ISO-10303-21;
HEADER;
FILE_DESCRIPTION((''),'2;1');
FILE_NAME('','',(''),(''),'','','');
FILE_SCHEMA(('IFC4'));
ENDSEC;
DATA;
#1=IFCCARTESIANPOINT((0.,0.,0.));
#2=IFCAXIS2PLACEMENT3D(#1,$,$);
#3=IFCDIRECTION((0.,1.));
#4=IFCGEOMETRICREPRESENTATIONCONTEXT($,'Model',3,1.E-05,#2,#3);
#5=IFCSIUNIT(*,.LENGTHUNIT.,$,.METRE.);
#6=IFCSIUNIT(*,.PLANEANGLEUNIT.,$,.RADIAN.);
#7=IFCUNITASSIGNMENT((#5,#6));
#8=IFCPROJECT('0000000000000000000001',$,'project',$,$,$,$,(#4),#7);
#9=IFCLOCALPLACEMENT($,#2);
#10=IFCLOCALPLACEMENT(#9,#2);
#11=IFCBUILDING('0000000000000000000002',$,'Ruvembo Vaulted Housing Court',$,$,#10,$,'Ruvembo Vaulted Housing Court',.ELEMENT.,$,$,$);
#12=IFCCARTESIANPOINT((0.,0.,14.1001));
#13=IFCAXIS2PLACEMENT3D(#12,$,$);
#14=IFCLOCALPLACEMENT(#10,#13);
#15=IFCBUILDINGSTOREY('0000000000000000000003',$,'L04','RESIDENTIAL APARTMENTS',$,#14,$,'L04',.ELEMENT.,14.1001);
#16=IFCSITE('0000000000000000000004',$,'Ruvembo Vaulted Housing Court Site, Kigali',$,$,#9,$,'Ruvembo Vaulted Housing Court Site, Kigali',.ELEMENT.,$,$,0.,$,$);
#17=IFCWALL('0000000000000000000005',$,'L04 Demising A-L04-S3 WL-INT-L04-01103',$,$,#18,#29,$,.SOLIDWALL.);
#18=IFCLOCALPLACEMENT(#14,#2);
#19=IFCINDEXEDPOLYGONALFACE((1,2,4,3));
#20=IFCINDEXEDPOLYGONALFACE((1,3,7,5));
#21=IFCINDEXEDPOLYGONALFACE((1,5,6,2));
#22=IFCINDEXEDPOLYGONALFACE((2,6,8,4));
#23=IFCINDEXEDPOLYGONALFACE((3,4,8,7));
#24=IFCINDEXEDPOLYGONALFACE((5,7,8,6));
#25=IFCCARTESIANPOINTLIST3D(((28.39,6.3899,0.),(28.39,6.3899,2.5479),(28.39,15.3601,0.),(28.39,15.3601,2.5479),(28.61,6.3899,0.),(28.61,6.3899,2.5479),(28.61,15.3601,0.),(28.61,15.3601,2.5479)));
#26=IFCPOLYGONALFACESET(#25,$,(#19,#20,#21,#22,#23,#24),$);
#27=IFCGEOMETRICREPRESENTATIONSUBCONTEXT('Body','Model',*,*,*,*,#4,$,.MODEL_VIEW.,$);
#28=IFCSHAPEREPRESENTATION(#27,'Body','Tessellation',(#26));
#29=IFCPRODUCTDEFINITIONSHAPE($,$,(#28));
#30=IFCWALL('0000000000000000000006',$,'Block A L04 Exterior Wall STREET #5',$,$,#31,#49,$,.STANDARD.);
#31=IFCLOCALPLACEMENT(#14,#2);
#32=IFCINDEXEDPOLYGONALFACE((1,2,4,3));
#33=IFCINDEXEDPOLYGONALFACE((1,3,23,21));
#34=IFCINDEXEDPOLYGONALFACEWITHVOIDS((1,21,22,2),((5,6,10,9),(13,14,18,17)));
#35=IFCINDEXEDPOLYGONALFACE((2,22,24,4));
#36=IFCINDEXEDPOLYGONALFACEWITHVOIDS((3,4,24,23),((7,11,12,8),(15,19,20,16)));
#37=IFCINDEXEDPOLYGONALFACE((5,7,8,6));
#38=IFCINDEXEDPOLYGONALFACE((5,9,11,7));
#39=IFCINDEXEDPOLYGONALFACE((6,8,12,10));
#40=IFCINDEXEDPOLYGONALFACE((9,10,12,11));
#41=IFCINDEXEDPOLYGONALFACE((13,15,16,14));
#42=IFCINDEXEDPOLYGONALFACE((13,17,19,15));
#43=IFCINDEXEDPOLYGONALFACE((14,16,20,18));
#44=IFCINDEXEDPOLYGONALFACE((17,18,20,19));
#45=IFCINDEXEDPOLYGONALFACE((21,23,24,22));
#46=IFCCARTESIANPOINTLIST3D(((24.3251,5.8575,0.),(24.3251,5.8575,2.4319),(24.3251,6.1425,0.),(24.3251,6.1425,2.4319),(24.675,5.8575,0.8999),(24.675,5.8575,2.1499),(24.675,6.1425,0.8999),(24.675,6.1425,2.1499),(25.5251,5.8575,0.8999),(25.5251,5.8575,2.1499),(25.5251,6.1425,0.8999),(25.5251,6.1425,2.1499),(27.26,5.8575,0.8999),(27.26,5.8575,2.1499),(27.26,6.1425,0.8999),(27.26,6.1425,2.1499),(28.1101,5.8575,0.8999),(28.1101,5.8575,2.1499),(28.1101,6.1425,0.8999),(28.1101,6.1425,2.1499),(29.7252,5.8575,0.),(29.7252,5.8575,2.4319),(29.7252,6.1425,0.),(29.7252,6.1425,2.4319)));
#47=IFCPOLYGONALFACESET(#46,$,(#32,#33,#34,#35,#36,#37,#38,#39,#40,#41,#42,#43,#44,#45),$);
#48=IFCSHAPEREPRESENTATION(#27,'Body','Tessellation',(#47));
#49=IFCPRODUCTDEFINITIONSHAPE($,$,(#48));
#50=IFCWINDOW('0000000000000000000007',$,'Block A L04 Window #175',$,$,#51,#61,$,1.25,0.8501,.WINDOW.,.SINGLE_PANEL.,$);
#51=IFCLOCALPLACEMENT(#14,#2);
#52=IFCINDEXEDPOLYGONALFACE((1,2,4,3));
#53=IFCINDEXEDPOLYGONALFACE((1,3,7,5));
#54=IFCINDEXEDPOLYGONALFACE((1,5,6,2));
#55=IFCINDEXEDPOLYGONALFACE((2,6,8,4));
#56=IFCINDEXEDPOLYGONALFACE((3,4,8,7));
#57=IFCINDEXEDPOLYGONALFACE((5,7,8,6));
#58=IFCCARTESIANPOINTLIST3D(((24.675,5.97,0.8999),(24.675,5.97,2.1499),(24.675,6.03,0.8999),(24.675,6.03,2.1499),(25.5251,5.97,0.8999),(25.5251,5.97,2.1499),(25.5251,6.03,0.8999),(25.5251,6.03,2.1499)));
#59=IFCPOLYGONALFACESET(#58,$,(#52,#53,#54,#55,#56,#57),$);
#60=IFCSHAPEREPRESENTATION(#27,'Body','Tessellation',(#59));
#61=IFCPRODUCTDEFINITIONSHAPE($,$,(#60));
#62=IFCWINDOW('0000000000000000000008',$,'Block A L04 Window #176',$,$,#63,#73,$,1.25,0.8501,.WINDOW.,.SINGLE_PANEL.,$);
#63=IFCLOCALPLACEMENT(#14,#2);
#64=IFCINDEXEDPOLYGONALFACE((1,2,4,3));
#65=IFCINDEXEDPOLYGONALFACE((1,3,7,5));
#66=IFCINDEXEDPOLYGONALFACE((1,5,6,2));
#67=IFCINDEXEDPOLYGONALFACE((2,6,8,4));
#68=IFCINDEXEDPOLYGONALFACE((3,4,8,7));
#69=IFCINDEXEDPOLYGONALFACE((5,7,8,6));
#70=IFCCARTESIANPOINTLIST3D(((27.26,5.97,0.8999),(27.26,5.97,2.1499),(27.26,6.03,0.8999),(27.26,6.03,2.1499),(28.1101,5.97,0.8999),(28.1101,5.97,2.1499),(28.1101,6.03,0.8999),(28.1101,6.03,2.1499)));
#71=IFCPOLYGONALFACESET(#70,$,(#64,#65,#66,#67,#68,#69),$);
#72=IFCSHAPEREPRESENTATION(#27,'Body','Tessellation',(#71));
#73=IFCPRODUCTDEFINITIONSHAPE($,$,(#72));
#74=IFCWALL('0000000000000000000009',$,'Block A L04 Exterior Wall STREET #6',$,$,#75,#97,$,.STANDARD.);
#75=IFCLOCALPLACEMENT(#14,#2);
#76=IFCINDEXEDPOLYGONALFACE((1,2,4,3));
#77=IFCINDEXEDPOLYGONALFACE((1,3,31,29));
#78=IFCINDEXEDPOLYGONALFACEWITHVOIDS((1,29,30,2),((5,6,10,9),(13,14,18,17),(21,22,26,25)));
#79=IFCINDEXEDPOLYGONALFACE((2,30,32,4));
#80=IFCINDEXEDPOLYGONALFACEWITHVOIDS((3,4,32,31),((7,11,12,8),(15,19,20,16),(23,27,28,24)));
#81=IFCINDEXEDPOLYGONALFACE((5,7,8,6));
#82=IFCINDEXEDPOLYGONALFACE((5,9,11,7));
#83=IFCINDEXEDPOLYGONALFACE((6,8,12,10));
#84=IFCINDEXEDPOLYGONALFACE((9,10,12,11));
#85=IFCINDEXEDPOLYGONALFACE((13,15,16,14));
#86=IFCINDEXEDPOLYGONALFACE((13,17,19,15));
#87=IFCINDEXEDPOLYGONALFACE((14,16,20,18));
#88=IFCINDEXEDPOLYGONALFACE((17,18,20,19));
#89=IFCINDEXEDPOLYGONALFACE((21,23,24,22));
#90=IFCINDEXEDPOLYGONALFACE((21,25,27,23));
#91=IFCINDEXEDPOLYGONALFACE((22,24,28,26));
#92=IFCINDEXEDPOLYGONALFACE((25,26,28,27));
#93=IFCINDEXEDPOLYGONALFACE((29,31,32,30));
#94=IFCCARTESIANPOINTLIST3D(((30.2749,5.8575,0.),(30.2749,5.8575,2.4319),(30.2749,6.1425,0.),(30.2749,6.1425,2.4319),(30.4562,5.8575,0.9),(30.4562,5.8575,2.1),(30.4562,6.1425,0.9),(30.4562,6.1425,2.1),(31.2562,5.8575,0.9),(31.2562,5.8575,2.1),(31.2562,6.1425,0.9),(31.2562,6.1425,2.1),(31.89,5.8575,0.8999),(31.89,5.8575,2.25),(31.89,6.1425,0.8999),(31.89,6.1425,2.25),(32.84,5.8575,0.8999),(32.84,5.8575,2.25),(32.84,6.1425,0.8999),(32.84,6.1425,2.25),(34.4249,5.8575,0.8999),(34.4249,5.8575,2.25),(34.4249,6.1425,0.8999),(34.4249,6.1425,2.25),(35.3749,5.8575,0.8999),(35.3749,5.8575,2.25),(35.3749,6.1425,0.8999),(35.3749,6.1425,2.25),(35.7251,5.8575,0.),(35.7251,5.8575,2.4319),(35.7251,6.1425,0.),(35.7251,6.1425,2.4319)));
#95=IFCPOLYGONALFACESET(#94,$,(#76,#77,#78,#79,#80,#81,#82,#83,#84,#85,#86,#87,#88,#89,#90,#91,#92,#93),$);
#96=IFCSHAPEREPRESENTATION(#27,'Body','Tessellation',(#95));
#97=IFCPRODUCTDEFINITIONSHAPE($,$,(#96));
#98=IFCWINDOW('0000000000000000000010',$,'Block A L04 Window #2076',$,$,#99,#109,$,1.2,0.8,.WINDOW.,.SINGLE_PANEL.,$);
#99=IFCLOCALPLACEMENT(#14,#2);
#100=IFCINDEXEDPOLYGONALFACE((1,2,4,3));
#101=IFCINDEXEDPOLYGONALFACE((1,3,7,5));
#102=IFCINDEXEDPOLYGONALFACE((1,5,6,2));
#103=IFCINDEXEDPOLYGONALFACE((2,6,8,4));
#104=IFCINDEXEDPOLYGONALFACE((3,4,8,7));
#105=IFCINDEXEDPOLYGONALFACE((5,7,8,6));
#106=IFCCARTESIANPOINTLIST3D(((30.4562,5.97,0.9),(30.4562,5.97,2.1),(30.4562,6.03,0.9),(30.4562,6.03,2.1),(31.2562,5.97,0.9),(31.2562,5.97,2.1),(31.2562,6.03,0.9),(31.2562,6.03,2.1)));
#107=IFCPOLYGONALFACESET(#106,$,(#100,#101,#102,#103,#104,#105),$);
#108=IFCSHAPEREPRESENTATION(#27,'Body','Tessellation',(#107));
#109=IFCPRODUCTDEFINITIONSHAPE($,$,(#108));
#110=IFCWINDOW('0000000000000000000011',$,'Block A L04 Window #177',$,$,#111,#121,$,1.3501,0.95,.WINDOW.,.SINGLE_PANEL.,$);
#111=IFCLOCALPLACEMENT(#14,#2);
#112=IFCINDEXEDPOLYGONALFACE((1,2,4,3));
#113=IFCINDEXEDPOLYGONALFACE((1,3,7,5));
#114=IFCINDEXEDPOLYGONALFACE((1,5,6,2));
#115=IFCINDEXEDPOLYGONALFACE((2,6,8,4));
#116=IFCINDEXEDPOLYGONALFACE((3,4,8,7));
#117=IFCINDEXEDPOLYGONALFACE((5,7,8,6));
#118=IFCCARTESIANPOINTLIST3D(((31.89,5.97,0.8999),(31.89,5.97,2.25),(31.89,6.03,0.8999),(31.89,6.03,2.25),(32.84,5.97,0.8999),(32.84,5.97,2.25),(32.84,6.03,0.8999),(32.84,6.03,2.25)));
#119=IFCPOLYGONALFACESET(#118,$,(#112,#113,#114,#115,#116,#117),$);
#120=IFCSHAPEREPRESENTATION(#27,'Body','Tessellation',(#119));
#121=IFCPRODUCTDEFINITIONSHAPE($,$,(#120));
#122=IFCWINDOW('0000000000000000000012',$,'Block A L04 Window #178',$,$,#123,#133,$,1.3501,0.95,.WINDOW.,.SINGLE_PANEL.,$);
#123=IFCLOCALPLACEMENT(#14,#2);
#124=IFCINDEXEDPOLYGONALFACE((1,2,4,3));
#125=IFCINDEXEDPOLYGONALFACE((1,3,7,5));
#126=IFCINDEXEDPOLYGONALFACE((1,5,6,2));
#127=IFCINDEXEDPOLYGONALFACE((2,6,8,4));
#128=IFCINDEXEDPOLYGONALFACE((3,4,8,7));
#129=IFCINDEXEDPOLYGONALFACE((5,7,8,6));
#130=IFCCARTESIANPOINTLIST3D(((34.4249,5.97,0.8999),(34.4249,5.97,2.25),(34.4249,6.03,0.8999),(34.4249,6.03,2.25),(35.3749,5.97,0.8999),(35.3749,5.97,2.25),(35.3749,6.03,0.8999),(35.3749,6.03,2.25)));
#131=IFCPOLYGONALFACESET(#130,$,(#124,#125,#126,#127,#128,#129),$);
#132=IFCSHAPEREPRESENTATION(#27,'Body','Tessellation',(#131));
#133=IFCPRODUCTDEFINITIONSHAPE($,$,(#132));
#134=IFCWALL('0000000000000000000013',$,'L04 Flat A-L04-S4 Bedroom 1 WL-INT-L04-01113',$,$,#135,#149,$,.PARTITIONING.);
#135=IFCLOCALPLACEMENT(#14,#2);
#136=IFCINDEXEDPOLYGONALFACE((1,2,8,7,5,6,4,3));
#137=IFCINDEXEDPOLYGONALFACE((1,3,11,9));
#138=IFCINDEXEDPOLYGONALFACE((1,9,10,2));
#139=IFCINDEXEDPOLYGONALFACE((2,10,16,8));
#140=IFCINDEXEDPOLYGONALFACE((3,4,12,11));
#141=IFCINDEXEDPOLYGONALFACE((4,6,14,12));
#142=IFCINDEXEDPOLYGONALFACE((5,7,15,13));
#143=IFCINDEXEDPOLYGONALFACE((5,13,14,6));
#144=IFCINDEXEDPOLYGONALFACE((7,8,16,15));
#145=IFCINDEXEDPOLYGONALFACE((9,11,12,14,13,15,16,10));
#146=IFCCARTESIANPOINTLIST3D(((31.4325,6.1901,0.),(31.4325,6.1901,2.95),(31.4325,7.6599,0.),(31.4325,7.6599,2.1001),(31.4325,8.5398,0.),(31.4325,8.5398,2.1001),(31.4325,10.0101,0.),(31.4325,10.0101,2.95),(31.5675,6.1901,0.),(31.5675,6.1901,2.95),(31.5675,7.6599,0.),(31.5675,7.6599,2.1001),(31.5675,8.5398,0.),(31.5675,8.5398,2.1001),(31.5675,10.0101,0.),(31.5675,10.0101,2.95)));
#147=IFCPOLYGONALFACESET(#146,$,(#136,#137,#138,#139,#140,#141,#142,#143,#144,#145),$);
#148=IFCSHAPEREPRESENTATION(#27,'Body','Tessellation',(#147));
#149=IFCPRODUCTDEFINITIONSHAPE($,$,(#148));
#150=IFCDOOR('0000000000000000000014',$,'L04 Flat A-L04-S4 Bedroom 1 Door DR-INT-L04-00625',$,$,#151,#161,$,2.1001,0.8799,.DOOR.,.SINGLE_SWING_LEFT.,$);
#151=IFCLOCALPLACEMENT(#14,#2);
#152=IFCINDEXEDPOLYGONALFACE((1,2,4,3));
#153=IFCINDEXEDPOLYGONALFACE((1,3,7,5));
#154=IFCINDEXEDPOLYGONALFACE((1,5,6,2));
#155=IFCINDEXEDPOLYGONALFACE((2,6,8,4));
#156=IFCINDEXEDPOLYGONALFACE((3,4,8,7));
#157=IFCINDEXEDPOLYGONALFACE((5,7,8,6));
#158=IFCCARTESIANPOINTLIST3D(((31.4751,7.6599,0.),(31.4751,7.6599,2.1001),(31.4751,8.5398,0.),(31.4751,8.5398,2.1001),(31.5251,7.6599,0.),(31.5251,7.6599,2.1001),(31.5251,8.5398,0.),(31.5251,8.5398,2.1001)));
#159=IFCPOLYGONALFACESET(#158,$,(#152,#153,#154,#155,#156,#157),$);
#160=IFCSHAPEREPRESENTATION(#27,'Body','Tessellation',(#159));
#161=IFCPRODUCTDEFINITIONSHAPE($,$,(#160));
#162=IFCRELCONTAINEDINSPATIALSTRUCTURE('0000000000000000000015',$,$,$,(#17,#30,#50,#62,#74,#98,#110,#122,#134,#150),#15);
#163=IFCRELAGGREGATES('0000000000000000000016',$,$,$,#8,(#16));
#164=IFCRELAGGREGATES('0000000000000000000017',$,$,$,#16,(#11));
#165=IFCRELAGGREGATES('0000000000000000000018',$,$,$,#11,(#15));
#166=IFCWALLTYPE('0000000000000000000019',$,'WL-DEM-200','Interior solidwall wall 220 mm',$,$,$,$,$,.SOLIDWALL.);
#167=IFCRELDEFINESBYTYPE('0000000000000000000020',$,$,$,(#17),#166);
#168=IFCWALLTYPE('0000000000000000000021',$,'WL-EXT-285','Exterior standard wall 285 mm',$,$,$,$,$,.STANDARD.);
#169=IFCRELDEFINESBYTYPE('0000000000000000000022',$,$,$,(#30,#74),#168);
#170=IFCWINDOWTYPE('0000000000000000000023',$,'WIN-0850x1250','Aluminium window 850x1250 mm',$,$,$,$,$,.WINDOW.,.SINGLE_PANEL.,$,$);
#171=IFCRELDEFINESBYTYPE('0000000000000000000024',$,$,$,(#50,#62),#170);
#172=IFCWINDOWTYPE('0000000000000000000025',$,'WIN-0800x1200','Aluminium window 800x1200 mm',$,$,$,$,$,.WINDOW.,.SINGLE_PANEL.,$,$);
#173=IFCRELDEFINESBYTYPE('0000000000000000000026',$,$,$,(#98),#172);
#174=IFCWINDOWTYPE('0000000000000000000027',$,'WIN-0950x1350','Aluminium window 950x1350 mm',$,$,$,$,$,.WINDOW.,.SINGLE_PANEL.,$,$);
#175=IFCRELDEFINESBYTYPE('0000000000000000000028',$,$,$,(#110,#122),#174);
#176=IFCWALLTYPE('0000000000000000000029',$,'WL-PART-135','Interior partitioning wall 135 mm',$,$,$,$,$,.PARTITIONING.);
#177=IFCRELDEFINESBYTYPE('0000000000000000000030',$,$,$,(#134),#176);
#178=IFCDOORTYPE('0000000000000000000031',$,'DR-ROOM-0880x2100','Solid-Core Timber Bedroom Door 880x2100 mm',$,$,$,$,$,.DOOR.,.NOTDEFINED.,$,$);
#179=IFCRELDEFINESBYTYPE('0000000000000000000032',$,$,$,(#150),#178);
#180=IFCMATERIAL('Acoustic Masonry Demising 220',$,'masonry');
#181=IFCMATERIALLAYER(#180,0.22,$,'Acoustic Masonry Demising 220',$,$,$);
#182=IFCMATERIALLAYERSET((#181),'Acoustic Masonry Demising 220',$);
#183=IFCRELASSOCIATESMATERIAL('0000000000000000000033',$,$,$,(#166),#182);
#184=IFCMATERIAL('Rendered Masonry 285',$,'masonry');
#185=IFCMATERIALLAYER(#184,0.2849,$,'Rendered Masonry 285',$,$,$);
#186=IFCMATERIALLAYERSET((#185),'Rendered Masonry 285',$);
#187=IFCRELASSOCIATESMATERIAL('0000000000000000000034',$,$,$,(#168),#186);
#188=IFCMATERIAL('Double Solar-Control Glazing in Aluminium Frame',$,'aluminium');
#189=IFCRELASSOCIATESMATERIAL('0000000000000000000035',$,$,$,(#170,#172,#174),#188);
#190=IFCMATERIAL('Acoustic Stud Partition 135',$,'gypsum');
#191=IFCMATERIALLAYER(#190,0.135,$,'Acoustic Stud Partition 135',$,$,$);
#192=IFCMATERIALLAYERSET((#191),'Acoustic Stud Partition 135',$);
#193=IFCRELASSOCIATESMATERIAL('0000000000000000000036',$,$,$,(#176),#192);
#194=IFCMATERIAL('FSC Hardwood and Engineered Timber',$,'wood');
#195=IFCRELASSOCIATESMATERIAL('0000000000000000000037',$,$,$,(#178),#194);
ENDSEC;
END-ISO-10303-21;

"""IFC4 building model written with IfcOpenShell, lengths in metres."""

from ifc_helpers import new_model, si_unit, direction, frame, frame_2d, origin, place, context, subcontext, project, spatial, rectangle, extrude, material, layer, layer_set, type_object, element, fill, save


model = new_model("IFC4")

# Units and contexts
model_context = context("Model", 3, precision=1e-05, world=origin(), true_north=direction((0.0, 1.0)))
body_context = subcontext(model_context, "Body", "Model", "MODEL_VIEW")
ifc_project = project(units=[si_unit("LENGTHUNIT", "METRE"), si_unit("PLANEANGLEUNIT", "RADIAN")], contexts=[model_context])

# Site, building, storey
site_placement = place(None, origin())
site = spatial("IfcSite", under=ifc_project, at=site_placement, Name="Ruvembo Vaulted Housing Court Site, Kigali", LongName="Ruvembo Vaulted Housing Court Site, Kigali", CompositionType="ELEMENT", RefElevation=0.0)
building_placement = place(site_placement, origin())
building = spatial("IfcBuilding", under=site, at=building_placement, Name="Ruvembo Vaulted Housing Court", LongName="Ruvembo Vaulted Housing Court", CompositionType="ELEMENT")
storey_placement = place(building_placement, frame((0.0, 0.0, 14.1001)))
storey = spatial("IfcBuildingStorey", under=building, at=storey_placement, Name="L04", Description="RESIDENTIAL APARTMENTS", LongName="L04", CompositionType="ELEMENT", Elevation=14.1001)

# Shared definitions
ifc_material_1 = material(Name="FSC Hardwood and Engineered Timber", Category="wood")

# Wall
ifc_material_2 = material(Name="Acoustic Masonry Demising 220", Category="masonry")
ifc_layer_1 = layer(ifc_material_2, 0.22, Name="Acoustic Masonry Demising 220")
ifc_layer_set_1 = layer_set([ifc_layer_1], Name="Acoustic Masonry Demising 220")
wall_type_1 = type_object("IfcWallType", Name="WL-DEM-200", Description="Interior solidwall wall 220 mm", PredefinedType="SOLIDWALL", material=ifc_layer_set_1)
wall_1_placement = place(storey_placement, frame((28.5, 6.3899, 0.0), z_axis=(0.0, 0.0, 1.0), x_axis=(0.0, 1.0, 0.0)))
element("IfcWall", 1, at=wall_1_placement, inside=storey, type_object=wall_type_1, Name="L04 Demising A-L04-S3 WL-INT-L04-01103", PredefinedType="SOLIDWALL", context=body_context, shape_type="SweptSolid", body=[
    extrude(rectangle(XDim=8.9702, YDim=0.22, at=frame_2d((4.4851, 0.0))), origin(), (0.0, 0.0, 1.0), 2.5479),
])

# Walls, openings, windows
ifc_material_3 = material(Name="Rendered Masonry 285", Category="masonry")
ifc_layer_2 = layer(ifc_material_3, 0.2849, Name="Rendered Masonry 285")
ifc_layer_set_2 = layer_set([ifc_layer_2], Name="Rendered Masonry 285")
wall_type_2 = type_object("IfcWallType", Name="WL-EXT-285", Description="Exterior standard wall 285 mm", PredefinedType="STANDARD", material=ifc_layer_set_2)
wall_2_placement = place(storey_placement, frame((24.325, 6.0, 0.0), z_axis=(0.0, 0.0, 1.0), x_axis=(1.0, 0.0, 0.0)))
wall_2 = element("IfcWall", 2, at=wall_2_placement, inside=storey, type_object=wall_type_2, Name="Block A L04 Exterior Wall STREET #5", PredefinedType="STANDARD", context=body_context, shape_type="SweptSolid", body=[
    extrude(rectangle(XDim=5.4001, YDim=0.2849, at=frame_2d((2.7002, 0.0))), origin(), (0.0, 0.0, 1.0), 2.4319),
])
opening_1_placement = place(wall_2_placement, frame((0.3501, 0.0, 0.8999)))
opening_1 = element("IfcOpeningElement", 3, at=opening_1_placement, cuts=wall_2, PredefinedType="OPENING", context=body_context, shape_type="SweptSolid", body=[
    extrude(rectangle(XDim=0.8501, YDim=1.25, at=frame_2d((0.425, 0.625))), frame((0.0, 0.1523, 0.0), z_axis=(0.0, -1.0, 0.0), x_axis=(1.0, 0.0, 0.0)), (0.0, 0.0, 1.0), 0.3049),
])
opening_2_placement = place(wall_2_placement, frame((2.9351, 0.0, 0.8999)))
opening_2 = element("IfcOpeningElement", 4, at=opening_2_placement, cuts=wall_2, PredefinedType="OPENING", context=body_context, shape_type="SweptSolid", body=[
    extrude(rectangle(XDim=0.8501, YDim=1.25, at=frame_2d((0.425, 0.625))), frame((0.0, 0.1523, 0.0), z_axis=(0.0, -1.0, 0.0), x_axis=(1.0, 0.0, 0.0)), (0.0, 0.0, 1.0), 0.3049),
])
ifc_material_4 = material(Name="Double Solar-Control Glazing in Aluminium Frame", Category="aluminium")
window_type_1 = type_object("IfcWindowType", Name="WIN-0850x1250", Description="Aluminium window 850x1250 mm", PartitioningType="SINGLE_PANEL", PredefinedType="WINDOW", material=ifc_material_4)
window_1_placement = place(opening_1_placement, origin())
window_1 = element("IfcWindow", 5, at=window_1_placement, inside=storey, type_object=window_type_1, Name="Block A L04 Window #175", OverallHeight=1.25, OverallWidth=0.8501, PartitioningType="SINGLE_PANEL", PredefinedType="WINDOW", context=body_context, shape_type="SweptSolid", body=[
    extrude(rectangle(XDim=0.8501, YDim=1.25, at=frame_2d((0.425, 0.625))), frame((0.0, 0.03, 0.0), z_axis=(0.0, -1.0, 0.0), x_axis=(1.0, 0.0, 0.0)), (0.0, 0.0, 1.0), 0.0601),
])
fill(opening_1, window_1)
window_2_placement = place(opening_2_placement, origin())
window_2 = element("IfcWindow", 6, at=window_2_placement, inside=storey, type_object=window_type_1, Name="Block A L04 Window #176", OverallHeight=1.25, OverallWidth=0.8501, PartitioningType="SINGLE_PANEL", PredefinedType="WINDOW", context=body_context, shape_type="SweptSolid", body=[
    extrude(rectangle(XDim=0.8501, YDim=1.25, at=frame_2d((0.425, 0.625))), frame((0.0, 0.03, 0.0), z_axis=(0.0, -1.0, 0.0), x_axis=(1.0, 0.0, 0.0)), (0.0, 0.0, 1.0), 0.0601),
])
fill(opening_2, window_2)
wall_3_placement = place(storey_placement, frame((30.2749, 6.0, 0.0), z_axis=(0.0, 0.0, 1.0), x_axis=(1.0, 0.0, 0.0)))
wall_3 = element("IfcWall", 7, at=wall_3_placement, inside=storey, type_object=wall_type_2, Name="Block A L04 Exterior Wall STREET #6", PredefinedType="STANDARD", context=body_context, shape_type="SweptSolid", body=[
    extrude(rectangle(XDim=5.4502, YDim=0.2849, at=frame_2d((2.7251, 0.0))), origin(), (0.0, 0.0, 1.0), 2.4319),
])
opening_3_placement = place(wall_3_placement, frame((1.615, 0.0, 0.8999)))
opening_3 = element("IfcOpeningElement", 8, at=opening_3_placement, cuts=wall_3, PredefinedType="OPENING", context=body_context, shape_type="SweptSolid", body=[
    extrude(rectangle(XDim=0.95, YDim=1.3501, at=frame_2d((0.4751, 0.675))), frame((0.0, 0.1523, 0.0), z_axis=(0.0, -1.0, 0.0), x_axis=(1.0, 0.0, 0.0)), (0.0, 0.0, 1.0), 0.3049),
])
opening_4_placement = place(wall_3_placement, frame((4.1499, 0.0, 0.8999)))
opening_4 = element("IfcOpeningElement", 9, at=opening_4_placement, cuts=wall_3, PredefinedType="OPENING", context=body_context, shape_type="SweptSolid", body=[
    extrude(rectangle(XDim=0.95, YDim=1.3501, at=frame_2d((0.4751, 0.675))), frame((0.0, 0.1523, 0.0), z_axis=(0.0, -1.0, 0.0), x_axis=(1.0, 0.0, 0.0)), (0.0, 0.0, 1.0), 0.3049),
])
opening_5_placement = place(wall_3_placement, frame((0.1814, 0.0, 0.8999)))
opening_5 = element("IfcOpeningElement", 10, at=opening_5_placement, cuts=wall_3, PredefinedType="OPENING", context=body_context, shape_type="SweptSolid", body=[
    extrude(rectangle(XDim=0.8, YDim=1.2, at=frame_2d((0.3999, 0.6001))), frame((0.0, 0.1523, 0.0), z_axis=(0.0, -1.0, 0.0), x_axis=(1.0, 0.0, 0.0)), (0.0, 0.0, 1.0), 0.3049),
])
window_type_2 = type_object("IfcWindowType", Name="WIN-0800x1200", Description="Aluminium window 800x1200 mm", PartitioningType="SINGLE_PANEL", PredefinedType="WINDOW", material=ifc_material_4)
window_3_placement = place(opening_5_placement, origin())
window_3 = element("IfcWindow", 11, at=window_3_placement, inside=storey, type_object=window_type_2, Name="Block A L04 Window #2076", OverallHeight=1.2, OverallWidth=0.8, PartitioningType="SINGLE_PANEL", PredefinedType="WINDOW", context=body_context, shape_type="SweptSolid", body=[
    extrude(rectangle(XDim=0.8, YDim=1.2, at=frame_2d((0.3999, 0.6001))), frame((0.0, 0.03, 0.0), z_axis=(0.0, -1.0, 0.0), x_axis=(1.0, 0.0, 0.0)), (0.0, 0.0, 1.0), 0.0601),
])
fill(opening_5, window_3)
window_type_3 = type_object("IfcWindowType", Name="WIN-0950x1350", Description="Aluminium window 950x1350 mm", PartitioningType="SINGLE_PANEL", PredefinedType="WINDOW", material=ifc_material_4)
window_4_placement = place(opening_3_placement, origin())
window_4 = element("IfcWindow", 12, at=window_4_placement, inside=storey, type_object=window_type_3, Name="Block A L04 Window #177", OverallHeight=1.3501, OverallWidth=0.95, PartitioningType="SINGLE_PANEL", PredefinedType="WINDOW", context=body_context, shape_type="SweptSolid", body=[
    extrude(rectangle(XDim=0.95, YDim=1.3501, at=frame_2d((0.4751, 0.675))), frame((0.0, 0.03, 0.0), z_axis=(0.0, -1.0, 0.0), x_axis=(1.0, 0.0, 0.0)), (0.0, 0.0, 1.0), 0.0601),
])
fill(opening_3, window_4)
window_5_placement = place(opening_4_placement, origin())
window_5 = element("IfcWindow", 13, at=window_5_placement, inside=storey, type_object=window_type_3, Name="Block A L04 Window #178", OverallHeight=1.3501, OverallWidth=0.95, PartitioningType="SINGLE_PANEL", PredefinedType="WINDOW", context=body_context, shape_type="SweptSolid", body=[
    extrude(rectangle(XDim=0.95, YDim=1.3501, at=frame_2d((0.4751, 0.675))), frame((0.0, 0.03, 0.0), z_axis=(0.0, -1.0, 0.0), x_axis=(1.0, 0.0, 0.0)), (0.0, 0.0, 1.0), 0.0601),
])
fill(opening_4, window_5)

# Wall, opening, door
ifc_material_5 = material(Name="Acoustic Stud Partition 135", Category="gypsum")
ifc_layer_3 = layer(ifc_material_5, 0.135, Name="Acoustic Stud Partition 135")
ifc_layer_set_3 = layer_set([ifc_layer_3], Name="Acoustic Stud Partition 135")
wall_type_3 = type_object("IfcWallType", Name="WL-PART-135", Description="Interior partitioning wall 135 mm", PredefinedType="PARTITIONING", material=ifc_layer_set_3)
wall_4_placement = place(storey_placement, frame((31.5, 6.1899, 0.0), z_axis=(0.0, 0.0, 1.0), x_axis=(0.0, 1.0, 0.0)))
wall_4 = element("IfcWall", 14, at=wall_4_placement, inside=storey, type_object=wall_type_3, Name="L04 Flat A-L04-S4 Bedroom 1 WL-INT-L04-01113", PredefinedType="PARTITIONING", context=body_context, shape_type="SweptSolid", body=[
    extrude(rectangle(XDim=3.8201, YDim=0.135, at=frame_2d((1.9102, 0.0))), origin(), (0.0, 0.0, 1.0), 2.95),
])
opening_6_placement = place(wall_4_placement, frame((1.47, 0.0, 0.0)))
opening_6 = element("IfcOpeningElement", 15, at=opening_6_placement, cuts=wall_4, PredefinedType="OPENING", context=body_context, shape_type="SweptSolid", body=[
    extrude(rectangle(XDim=0.8799, YDim=2.1001, at=frame_2d((0.4399, 1.05))), frame((0.0, 0.0774, 0.0), z_axis=(0.0, -1.0, 0.0), x_axis=(1.0, 0.0, 0.0)), (0.0, 0.0, 1.0), 0.155),
])
door_type_1 = type_object("IfcDoorType", Name="DR-ROOM-0880x2100", Description="Solid-Core Timber Bedroom Door 880x2100 mm", OperationType="NOTDEFINED", PredefinedType="DOOR", material=ifc_material_1)
door_1_placement = place(opening_6_placement, origin())
door_1 = element("IfcDoor", 16, at=door_1_placement, inside=storey, type_object=door_type_1, Name="L04 Flat A-L04-S4 Bedroom 1 Door DR-INT-L04-00625", OperationType="SINGLE_SWING_LEFT", OverallHeight=2.1001, OverallWidth=0.8799, PredefinedType="DOOR", context=body_context, shape_type="SweptSolid", body=[
    extrude(rectangle(XDim=0.8799, YDim=2.1001, at=frame_2d((0.4399, 1.05))), frame((0.0, 0.0249, 0.0), z_axis=(0.0, -1.0, 0.0), x_axis=(1.0, 0.0, 0.0)), (0.0, 0.0, 1.0), 0.05),
])
fill(opening_6, door_1)

save(model, "model.ifc")
